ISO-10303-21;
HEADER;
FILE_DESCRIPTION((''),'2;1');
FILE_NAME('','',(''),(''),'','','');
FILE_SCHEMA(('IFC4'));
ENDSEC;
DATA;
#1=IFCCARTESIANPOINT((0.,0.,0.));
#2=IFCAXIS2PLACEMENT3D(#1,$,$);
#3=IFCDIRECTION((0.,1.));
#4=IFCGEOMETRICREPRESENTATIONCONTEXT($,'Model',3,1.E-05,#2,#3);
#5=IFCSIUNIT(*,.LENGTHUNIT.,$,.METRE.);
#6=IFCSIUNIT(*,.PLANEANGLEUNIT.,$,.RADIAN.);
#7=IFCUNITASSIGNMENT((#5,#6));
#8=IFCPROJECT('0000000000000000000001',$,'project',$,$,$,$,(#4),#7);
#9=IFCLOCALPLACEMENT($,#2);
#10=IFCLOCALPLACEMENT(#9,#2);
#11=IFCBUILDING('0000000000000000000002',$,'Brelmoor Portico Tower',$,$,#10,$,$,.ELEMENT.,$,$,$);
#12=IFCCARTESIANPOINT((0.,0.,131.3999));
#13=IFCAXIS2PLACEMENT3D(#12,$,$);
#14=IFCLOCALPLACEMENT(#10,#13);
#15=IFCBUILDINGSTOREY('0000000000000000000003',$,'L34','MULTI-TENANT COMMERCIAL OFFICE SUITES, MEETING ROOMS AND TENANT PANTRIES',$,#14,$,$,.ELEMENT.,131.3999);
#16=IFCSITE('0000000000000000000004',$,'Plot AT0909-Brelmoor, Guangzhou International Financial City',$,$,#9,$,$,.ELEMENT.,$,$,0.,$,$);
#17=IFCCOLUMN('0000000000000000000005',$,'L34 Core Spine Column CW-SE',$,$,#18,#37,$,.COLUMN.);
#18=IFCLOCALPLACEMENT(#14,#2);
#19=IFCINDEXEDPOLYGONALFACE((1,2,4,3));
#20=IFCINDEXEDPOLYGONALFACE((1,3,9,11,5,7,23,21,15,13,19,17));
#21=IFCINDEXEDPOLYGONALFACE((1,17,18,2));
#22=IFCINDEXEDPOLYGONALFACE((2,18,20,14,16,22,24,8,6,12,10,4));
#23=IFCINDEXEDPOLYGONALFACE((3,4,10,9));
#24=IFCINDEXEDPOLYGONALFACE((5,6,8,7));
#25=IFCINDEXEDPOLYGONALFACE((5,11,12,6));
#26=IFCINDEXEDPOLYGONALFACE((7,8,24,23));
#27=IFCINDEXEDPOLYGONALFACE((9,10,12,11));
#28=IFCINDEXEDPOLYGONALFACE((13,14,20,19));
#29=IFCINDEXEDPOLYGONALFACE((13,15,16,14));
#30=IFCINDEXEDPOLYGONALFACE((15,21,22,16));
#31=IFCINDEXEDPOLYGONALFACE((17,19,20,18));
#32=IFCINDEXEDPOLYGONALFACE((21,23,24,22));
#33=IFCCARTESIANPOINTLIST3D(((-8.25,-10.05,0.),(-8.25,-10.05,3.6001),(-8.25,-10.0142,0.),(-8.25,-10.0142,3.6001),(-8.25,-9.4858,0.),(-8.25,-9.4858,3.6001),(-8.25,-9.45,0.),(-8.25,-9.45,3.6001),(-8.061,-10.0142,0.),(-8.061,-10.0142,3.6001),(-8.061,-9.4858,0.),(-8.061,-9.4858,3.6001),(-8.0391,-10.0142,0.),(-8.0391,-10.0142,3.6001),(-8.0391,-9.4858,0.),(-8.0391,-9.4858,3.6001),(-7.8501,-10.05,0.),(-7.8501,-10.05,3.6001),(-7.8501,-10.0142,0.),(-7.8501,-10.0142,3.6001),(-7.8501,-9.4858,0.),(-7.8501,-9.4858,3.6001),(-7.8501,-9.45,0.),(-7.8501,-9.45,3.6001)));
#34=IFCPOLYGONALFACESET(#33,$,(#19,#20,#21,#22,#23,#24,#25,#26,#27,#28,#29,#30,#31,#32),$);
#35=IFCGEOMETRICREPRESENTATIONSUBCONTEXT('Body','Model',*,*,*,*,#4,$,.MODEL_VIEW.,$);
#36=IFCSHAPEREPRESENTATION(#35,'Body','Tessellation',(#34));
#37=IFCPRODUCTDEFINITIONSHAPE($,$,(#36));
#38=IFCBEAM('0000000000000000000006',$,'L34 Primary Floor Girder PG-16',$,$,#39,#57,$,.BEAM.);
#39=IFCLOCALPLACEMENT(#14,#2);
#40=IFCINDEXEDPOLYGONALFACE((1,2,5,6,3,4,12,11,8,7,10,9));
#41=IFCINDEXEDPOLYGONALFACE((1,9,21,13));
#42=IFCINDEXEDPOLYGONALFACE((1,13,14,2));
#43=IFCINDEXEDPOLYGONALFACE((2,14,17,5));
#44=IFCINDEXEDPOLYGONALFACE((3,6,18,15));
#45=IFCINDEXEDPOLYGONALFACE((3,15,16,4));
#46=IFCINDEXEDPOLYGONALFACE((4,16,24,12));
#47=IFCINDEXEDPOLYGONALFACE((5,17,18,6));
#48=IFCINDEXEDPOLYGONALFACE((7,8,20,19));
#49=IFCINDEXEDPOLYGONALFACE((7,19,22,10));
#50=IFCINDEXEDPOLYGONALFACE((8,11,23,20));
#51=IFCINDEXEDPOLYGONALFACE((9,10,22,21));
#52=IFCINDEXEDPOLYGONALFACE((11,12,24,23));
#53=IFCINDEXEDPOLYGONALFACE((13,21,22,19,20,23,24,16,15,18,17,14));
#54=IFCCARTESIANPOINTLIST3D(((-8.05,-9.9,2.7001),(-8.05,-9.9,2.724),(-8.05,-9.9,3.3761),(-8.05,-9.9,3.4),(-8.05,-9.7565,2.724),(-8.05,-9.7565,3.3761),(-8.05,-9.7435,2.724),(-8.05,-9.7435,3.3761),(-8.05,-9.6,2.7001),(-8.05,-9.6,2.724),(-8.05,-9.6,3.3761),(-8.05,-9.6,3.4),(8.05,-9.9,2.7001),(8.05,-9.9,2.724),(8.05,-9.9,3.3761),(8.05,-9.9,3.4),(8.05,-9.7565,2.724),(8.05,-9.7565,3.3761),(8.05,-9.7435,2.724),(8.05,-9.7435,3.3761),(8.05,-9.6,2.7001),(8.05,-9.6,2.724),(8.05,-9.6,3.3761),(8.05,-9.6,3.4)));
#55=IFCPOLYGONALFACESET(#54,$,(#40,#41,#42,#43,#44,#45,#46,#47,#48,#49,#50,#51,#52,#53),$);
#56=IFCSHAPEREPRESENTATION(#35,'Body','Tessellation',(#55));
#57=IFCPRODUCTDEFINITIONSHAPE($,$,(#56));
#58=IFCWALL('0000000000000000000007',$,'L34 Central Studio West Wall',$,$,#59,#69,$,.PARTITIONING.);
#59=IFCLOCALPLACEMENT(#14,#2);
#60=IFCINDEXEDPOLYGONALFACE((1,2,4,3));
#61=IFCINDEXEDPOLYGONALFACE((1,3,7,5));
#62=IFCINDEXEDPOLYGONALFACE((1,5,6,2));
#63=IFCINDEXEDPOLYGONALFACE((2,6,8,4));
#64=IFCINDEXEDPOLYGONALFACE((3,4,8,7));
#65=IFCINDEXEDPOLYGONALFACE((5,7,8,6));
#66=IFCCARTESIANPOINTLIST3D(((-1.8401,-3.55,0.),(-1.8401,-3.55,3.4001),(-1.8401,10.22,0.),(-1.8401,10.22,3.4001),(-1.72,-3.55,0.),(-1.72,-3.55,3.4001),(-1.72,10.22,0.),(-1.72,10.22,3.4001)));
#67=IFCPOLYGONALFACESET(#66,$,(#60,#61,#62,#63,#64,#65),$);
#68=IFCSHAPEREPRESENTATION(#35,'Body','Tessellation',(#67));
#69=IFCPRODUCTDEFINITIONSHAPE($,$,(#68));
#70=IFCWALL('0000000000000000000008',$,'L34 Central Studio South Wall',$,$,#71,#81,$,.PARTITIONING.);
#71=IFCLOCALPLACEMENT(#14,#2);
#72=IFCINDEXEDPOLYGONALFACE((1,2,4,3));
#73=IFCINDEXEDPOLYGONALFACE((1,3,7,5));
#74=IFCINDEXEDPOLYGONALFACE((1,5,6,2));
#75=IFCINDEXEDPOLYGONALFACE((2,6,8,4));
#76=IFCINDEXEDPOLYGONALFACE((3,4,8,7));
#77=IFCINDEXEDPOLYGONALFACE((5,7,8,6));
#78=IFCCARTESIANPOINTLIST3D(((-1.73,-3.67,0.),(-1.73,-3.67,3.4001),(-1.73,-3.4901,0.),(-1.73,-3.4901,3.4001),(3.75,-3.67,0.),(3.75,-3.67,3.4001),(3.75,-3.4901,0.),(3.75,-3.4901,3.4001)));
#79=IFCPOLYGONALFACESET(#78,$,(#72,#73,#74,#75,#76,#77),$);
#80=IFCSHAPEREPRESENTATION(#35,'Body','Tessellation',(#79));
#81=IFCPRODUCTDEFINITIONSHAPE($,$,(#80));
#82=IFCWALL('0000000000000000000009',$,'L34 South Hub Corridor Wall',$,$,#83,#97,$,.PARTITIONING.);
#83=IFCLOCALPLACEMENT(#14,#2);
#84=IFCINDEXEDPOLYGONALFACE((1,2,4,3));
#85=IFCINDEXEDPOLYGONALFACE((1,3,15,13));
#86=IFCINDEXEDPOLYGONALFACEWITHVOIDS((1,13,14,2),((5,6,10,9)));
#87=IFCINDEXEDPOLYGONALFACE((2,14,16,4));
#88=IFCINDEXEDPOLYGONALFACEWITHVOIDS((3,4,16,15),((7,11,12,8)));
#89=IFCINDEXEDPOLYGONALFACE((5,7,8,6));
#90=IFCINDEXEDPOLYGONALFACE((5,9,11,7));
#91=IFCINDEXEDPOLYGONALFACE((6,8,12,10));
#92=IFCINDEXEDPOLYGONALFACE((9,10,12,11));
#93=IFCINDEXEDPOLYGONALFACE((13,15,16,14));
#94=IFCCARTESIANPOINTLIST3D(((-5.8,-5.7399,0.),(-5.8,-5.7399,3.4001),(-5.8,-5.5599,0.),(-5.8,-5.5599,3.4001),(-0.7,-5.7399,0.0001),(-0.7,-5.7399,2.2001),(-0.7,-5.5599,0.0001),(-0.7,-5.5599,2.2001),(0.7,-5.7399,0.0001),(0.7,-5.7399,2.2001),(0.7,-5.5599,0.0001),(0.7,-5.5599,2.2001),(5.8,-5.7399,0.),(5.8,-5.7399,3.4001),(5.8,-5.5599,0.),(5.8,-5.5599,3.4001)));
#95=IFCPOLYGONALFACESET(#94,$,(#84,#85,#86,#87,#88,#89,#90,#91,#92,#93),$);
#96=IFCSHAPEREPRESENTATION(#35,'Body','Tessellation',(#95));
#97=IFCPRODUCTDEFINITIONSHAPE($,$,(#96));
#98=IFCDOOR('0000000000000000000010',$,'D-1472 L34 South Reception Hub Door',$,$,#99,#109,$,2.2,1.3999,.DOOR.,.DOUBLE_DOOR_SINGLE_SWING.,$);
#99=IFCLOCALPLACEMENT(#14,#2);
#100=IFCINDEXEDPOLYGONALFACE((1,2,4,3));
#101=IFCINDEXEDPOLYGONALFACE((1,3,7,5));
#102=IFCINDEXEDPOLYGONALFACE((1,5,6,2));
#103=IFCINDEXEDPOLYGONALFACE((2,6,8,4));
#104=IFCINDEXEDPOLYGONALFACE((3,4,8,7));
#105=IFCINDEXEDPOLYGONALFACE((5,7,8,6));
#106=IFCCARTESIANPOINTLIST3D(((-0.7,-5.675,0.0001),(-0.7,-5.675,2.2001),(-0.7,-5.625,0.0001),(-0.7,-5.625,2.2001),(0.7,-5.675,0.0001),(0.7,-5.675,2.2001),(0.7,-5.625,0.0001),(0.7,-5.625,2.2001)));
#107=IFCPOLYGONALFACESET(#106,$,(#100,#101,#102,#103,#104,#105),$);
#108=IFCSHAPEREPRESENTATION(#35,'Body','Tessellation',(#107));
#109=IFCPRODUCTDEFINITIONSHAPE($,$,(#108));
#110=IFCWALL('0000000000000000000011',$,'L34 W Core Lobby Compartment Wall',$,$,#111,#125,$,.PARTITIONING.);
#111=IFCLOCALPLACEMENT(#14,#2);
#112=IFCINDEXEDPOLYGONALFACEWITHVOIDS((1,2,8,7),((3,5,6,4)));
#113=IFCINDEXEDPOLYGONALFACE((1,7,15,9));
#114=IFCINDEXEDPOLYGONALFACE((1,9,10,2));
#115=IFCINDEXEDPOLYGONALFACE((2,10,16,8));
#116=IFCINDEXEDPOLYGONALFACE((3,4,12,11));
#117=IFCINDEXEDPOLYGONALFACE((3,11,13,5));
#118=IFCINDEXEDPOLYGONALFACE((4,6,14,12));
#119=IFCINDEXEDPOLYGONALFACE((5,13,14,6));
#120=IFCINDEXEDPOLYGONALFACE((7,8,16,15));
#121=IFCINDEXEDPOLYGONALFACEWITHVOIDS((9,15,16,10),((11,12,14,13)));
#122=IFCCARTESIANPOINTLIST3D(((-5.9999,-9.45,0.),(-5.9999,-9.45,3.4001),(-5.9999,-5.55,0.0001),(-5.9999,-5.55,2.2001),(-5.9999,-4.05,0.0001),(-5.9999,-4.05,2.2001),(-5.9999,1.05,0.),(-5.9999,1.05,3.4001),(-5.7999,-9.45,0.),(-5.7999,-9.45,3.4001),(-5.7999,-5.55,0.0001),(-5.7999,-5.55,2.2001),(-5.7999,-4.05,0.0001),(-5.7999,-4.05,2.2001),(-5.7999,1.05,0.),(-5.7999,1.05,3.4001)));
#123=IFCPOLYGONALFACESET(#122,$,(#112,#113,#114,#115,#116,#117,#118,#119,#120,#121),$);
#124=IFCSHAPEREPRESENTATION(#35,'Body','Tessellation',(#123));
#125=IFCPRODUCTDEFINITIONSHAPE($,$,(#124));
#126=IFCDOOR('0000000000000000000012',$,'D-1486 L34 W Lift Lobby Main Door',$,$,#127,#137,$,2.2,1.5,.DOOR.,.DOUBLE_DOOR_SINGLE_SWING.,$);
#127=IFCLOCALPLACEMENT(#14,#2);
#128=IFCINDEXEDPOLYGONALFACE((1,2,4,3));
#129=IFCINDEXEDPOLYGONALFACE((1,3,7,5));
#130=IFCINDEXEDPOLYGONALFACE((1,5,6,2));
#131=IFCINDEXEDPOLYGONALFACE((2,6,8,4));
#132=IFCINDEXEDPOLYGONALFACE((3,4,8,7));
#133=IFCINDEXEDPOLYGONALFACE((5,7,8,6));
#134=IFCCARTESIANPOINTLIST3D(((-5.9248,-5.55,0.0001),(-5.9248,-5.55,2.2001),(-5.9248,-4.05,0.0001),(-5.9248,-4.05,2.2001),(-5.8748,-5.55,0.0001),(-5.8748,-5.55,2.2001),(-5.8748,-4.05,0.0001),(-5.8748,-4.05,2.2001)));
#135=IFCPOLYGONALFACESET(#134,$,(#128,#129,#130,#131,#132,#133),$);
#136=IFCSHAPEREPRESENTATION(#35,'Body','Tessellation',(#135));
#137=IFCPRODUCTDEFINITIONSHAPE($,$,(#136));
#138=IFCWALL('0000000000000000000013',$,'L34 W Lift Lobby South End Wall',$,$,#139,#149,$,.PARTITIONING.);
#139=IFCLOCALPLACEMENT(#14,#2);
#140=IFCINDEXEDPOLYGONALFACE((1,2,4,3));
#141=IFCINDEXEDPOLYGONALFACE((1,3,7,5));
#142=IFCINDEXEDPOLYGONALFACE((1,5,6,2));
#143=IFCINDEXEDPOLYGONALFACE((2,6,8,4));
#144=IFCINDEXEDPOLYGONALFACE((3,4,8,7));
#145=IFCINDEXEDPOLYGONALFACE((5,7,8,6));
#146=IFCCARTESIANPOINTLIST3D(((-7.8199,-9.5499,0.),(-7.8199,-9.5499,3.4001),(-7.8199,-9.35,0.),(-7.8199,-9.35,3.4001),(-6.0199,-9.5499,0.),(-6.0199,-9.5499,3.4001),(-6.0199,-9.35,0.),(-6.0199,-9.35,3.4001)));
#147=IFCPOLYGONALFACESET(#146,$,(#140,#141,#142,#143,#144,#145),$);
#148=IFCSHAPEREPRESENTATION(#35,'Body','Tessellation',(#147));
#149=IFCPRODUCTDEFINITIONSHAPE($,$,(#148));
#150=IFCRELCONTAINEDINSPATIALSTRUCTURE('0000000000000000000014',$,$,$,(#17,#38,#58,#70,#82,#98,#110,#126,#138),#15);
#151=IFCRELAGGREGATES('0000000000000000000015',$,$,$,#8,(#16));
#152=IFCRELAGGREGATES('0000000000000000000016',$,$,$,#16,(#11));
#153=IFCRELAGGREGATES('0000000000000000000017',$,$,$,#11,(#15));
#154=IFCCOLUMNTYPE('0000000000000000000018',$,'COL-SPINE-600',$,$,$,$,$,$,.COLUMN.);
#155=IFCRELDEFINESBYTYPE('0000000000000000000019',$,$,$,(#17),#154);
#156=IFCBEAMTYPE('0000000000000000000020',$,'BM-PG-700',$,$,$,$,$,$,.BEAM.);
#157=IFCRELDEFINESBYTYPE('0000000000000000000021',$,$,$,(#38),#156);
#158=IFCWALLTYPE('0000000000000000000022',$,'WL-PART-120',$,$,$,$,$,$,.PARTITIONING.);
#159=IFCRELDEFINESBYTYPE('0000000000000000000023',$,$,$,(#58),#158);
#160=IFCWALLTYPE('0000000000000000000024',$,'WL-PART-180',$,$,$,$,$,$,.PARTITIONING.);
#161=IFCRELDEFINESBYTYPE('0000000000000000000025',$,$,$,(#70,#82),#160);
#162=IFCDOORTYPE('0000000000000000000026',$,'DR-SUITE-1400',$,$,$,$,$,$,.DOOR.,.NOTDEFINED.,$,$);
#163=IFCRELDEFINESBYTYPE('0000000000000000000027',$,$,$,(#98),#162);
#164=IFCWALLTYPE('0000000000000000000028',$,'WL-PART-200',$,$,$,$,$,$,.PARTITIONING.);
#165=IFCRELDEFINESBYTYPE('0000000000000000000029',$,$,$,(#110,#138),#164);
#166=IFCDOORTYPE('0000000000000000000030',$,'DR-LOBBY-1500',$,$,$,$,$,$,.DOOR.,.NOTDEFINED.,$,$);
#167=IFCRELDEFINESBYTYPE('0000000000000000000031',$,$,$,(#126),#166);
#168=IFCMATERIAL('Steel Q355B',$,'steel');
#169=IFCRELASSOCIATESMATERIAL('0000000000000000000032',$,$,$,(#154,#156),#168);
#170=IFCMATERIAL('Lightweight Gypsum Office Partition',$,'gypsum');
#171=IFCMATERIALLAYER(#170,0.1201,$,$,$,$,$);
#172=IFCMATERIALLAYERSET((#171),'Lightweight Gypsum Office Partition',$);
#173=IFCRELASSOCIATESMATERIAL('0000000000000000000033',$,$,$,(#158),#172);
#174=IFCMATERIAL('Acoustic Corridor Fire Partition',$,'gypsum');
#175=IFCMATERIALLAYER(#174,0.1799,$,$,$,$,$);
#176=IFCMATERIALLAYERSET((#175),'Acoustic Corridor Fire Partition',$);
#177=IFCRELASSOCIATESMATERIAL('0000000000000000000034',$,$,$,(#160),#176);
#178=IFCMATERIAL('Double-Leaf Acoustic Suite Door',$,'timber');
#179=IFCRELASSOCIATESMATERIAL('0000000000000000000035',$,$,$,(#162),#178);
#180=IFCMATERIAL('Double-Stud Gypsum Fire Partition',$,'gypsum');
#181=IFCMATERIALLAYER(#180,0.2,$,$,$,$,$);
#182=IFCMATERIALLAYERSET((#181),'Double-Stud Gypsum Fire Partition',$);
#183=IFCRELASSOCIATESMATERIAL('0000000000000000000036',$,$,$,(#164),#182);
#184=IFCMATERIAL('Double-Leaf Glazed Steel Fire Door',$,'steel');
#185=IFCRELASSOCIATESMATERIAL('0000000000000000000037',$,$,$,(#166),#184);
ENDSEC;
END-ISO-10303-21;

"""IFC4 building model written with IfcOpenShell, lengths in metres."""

from ifc_helpers import new_model, si_unit, direction, frame, frame_2d, origin, origin_2d, place, context, subcontext, project, spatial, rectangle, i_section, extrude, material, layer, layer_set, material_profile, profile_set, type_object, element, fill, save


model = new_model("IFC4")

# Units and contexts
model_context = context("Model", 3, precision=1e-05, world=origin(), true_north=direction((0.0, 1.0)))
body_context = subcontext(model_context, "Body", "Model", "MODEL_VIEW")
ifc_project = project(units=[si_unit("LENGTHUNIT", "METRE"), si_unit("PLANEANGLEUNIT", "RADIAN")], contexts=[model_context])

# Site, building, storey
site_placement = place(None, origin())
site = spatial("IfcSite", under=ifc_project, at=site_placement, Name="Plot AT0909-Brelmoor, Guangzhou International Financial City", CompositionType="ELEMENT", RefElevation=0.0)
building_placement = place(site_placement, origin())
building = spatial("IfcBuilding", under=site, at=building_placement, Name="Brelmoor Portico Tower", CompositionType="ELEMENT")
storey_placement = place(building_placement, frame((0.0, 0.0, 131.3999)))
storey = spatial("IfcBuildingStorey", under=building, at=storey_placement, Name="L34", Description="MULTI-TENANT COMMERCIAL OFFICE SUITES, MEETING ROOMS AND TENANT PANTRIES", CompositionType="ELEMENT", Elevation=131.3999)

# Column
ifc_material_1 = material(Name="Steel Q355B", Category="steel")
ifc_material_profile_1 = material_profile(ifc_material_1, i_section(OverallWidth=0.3999, OverallDepth=0.6001, WebThickness=0.022, FlangeThickness=0.0359, at=origin_2d()), Name="HW 600x400x22x36")
ifc_profile_set_1 = profile_set([ifc_material_profile_1], Name="Steel Q355B")
column_type = type_object("IfcColumnType", Name="COL-SPINE-600", PredefinedType="COLUMN", material=ifc_profile_set_1)
column_placement = place(storey_placement, frame((-8.05, -9.75, 0.0), z_axis=(0.0, 0.0, 1.0), x_axis=(1.0, 0.0, 0.0)))
element("IfcColumn", 1, at=column_placement, inside=storey, type_object=column_type, Name="L34 Core Spine Column CW-SE", PredefinedType="COLUMN", context=body_context, shape_type="SweptSolid", body=[
    extrude(i_section(OverallWidth=0.3999, OverallDepth=0.6001, WebThickness=0.022, FlangeThickness=0.0359, at=origin_2d()), origin(), (0.0, 0.0, 1.0), 3.6001),
])

# Beam
ifc_material_profile_2 = material_profile(ifc_material_1, i_section(OverallWidth=0.3, OverallDepth=0.7, WebThickness=0.0129, FlangeThickness=0.0239, at=origin_2d()), Name="HN 700x300x13x24")
ifc_profile_set_2 = profile_set([ifc_material_profile_2], Name="Steel Q355B")
beam_type = type_object("IfcBeamType", Name="BM-PG-700", PredefinedType="BEAM", material=ifc_profile_set_2)
beam_placement = place(storey_placement, frame((-8.05, -9.75, 3.05), z_axis=(1.0, 0.0, 0.0), x_axis=(0.0, 1.0, 0.0)))
element("IfcBeam", 2, at=beam_placement, inside=storey, type_object=beam_type, Name="L34 Primary Floor Girder PG-16", PredefinedType="BEAM", context=body_context, shape_type="SweptSolid", body=[
    extrude(i_section(OverallWidth=0.3, OverallDepth=0.7, WebThickness=0.0129, FlangeThickness=0.0239, at=origin_2d()), origin(), (0.0, 0.0, 1.0), 16.1001),
])

# Walls
ifc_material_2 = material(Name="Lightweight Gypsum Office Partition", Category="gypsum")
ifc_layer_1 = layer(ifc_material_2, 0.1201)
ifc_layer_set_1 = layer_set([ifc_layer_1], Name="Lightweight Gypsum Office Partition")
wall_type_1 = type_object("IfcWallType", Name="WL-PART-120", PredefinedType="PARTITIONING", material=ifc_layer_set_1)
wall_1_placement = place(storey_placement, frame((-1.78, -3.55, 0.0), z_axis=(0.0, 0.0, 1.0), x_axis=(0.0, 1.0, 0.0)))
element("IfcWall", 3, at=wall_1_placement, inside=storey, type_object=wall_type_1, Name="L34 Central Studio West Wall", PredefinedType="PARTITIONING", context=body_context, shape_type="SweptSolid", body=[
    extrude(rectangle(XDim=13.77, YDim=0.1201, at=frame_2d((6.885, 0.0))), origin(), (0.0, 0.0, 1.0), 3.4001),
])
ifc_material_3 = material(Name="Acoustic Corridor Fire Partition", Category="gypsum")
ifc_layer_2 = layer(ifc_material_3, 0.1799)
ifc_layer_set_2 = layer_set([ifc_layer_2], Name="Acoustic Corridor Fire Partition")
wall_type_2 = type_object("IfcWallType", Name="WL-PART-180", PredefinedType="PARTITIONING", material=ifc_layer_set_2)
wall_2_placement = place(storey_placement, frame((-1.73, -3.5801, 0.0), z_axis=(0.0, 0.0, 1.0), x_axis=(1.0, 0.0, 0.0)))
element("IfcWall", 4, at=wall_2_placement, inside=storey, type_object=wall_type_2, Name="L34 Central Studio South Wall", PredefinedType="PARTITIONING", context=body_context, shape_type="SweptSolid", body=[
    extrude(rectangle(XDim=5.48, YDim=0.1799, at=frame_2d((2.74, 0.0))), origin(), (0.0, 0.0, 1.0), 3.4001),
])

# Walls, openings, doors
wall_3_placement = place(storey_placement, frame((-5.8, -5.6499, 0.0), z_axis=(0.0, 0.0, 1.0), x_axis=(1.0, 0.0, 0.0)))
wall_3 = element("IfcWall", 5, at=wall_3_placement, inside=storey, type_object=wall_type_2, Name="L34 South Hub Corridor Wall", PredefinedType="PARTITIONING", context=body_context, shape_type="SweptSolid", body=[
    extrude(rectangle(XDim=11.6001, YDim=0.1799, at=frame_2d((5.8, 0.0))), origin(), (0.0, 0.0, 1.0), 3.4001),
])
opening_1_placement = place(wall_3_placement, frame((5.1001, 0.0, 0.0)))
opening_1 = element("IfcOpeningElement", 6, at=opening_1_placement, cuts=wall_3, PredefinedType="OPENING", context=body_context, shape_type="SweptSolid", body=[
    extrude(rectangle(XDim=1.3999, YDim=2.2, at=frame_2d((0.7, 1.1001))), frame((0.0, 0.0999, 0.0), z_axis=(0.0, -1.0, 0.0), x_axis=(1.0, 0.0, 0.0)), (0.0, 0.0, 1.0), 0.2),
])
ifc_material_4 = material(Name="Double-Leaf Acoustic Suite Door", Category="timber")
door_type_1 = type_object("IfcDoorType", Name="DR-SUITE-1400", OperationType="NOTDEFINED", PredefinedType="DOOR", material=ifc_material_4)
door_1_placement = place(opening_1_placement, origin())
door_1 = element("IfcDoor", 7, at=door_1_placement, inside=storey, type_object=door_type_1, Name="D-1472 L34 South Reception Hub Door", OperationType="DOUBLE_DOOR_SINGLE_SWING", OverallHeight=2.2, OverallWidth=1.3999, PredefinedType="DOOR", context=body_context, shape_type="SweptSolid", body=[
    extrude(rectangle(XDim=1.3999, YDim=2.2, at=frame_2d((0.7, 1.1001))), frame((0.0, 0.0249, 0.0), z_axis=(0.0, -1.0, 0.0), x_axis=(1.0, 0.0, 0.0)), (0.0, 0.0, 1.0), 0.05),
])
fill(opening_1, door_1)
ifc_material_5 = material(Name="Double-Stud Gypsum Fire Partition", Category="gypsum")
ifc_layer_3 = layer(ifc_material_5, 0.2)
ifc_layer_set_3 = layer_set([ifc_layer_3], Name="Double-Stud Gypsum Fire Partition")
wall_type_3 = type_object("IfcWallType", Name="WL-PART-200", PredefinedType="PARTITIONING", material=ifc_layer_set_3)
wall_4_placement = place(storey_placement, frame((-5.8999, -9.45, 0.0), z_axis=(0.0, 0.0, 1.0), x_axis=(0.0, 1.0, 0.0)))
wall_4 = element("IfcWall", 8, at=wall_4_placement, inside=storey, type_object=wall_type_3, Name="L34 W Core Lobby Compartment Wall", PredefinedType="PARTITIONING", context=body_context, shape_type="SweptSolid", body=[
    extrude(rectangle(XDim=10.5, YDim=0.2, at=frame_2d((5.25, 0.0))), origin(), (0.0, 0.0, 1.0), 3.4001),
])
opening_2_placement = place(wall_4_placement, frame((3.8999, 0.0, 0.0)))
opening_2 = element("IfcOpeningElement", 9, at=opening_2_placement, cuts=wall_4, PredefinedType="OPENING", context=body_context, shape_type="SweptSolid", body=[
    extrude(rectangle(XDim=1.5, YDim=2.2, at=frame_2d((0.75, 1.1001))), frame((0.0, 0.1099, 0.0), z_axis=(0.0, -1.0, 0.0), x_axis=(1.0, 0.0, 0.0)), (0.0, 0.0, 1.0), 0.22),
])
ifc_material_6 = material(Name="Double-Leaf Glazed Steel Fire Door", Category="steel")
door_type_2 = type_object("IfcDoorType", Name="DR-LOBBY-1500", OperationType="NOTDEFINED", PredefinedType="DOOR", material=ifc_material_6)
door_2_placement = place(opening_2_placement, origin())
door_2 = element("IfcDoor", 10, at=door_2_placement, inside=storey, type_object=door_type_2, Name="D-1486 L34 W Lift Lobby Main Door", OperationType="DOUBLE_DOOR_SINGLE_SWING", OverallHeight=2.2, OverallWidth=1.5, PredefinedType="DOOR", context=body_context, shape_type="SweptSolid", body=[
    extrude(rectangle(XDim=1.5, YDim=2.2, at=frame_2d((0.75, 1.1001))), frame((0.0, 0.0249, 0.0), z_axis=(0.0, -1.0, 0.0), x_axis=(1.0, 0.0, 0.0)), (0.0, 0.0, 1.0), 0.05),
])
fill(opening_2, door_2)

# Wall
wall_5_placement = place(storey_placement, frame((-6.02, -9.45, 0.0), z_axis=(0.0, 0.0, 1.0), x_axis=(-1.0, 0.0, 0.0)))
element("IfcWall", 11, at=wall_5_placement, inside=storey, type_object=wall_type_3, Name="L34 W Lift Lobby South End Wall", PredefinedType="PARTITIONING", context=body_context, shape_type="SweptSolid", body=[
    extrude(rectangle(XDim=1.8, YDim=0.2, at=frame_2d((0.8999, 0.0))), origin(), (0.0, 0.0, 1.0), 3.4001),
])

save(model, "model.ifc")
